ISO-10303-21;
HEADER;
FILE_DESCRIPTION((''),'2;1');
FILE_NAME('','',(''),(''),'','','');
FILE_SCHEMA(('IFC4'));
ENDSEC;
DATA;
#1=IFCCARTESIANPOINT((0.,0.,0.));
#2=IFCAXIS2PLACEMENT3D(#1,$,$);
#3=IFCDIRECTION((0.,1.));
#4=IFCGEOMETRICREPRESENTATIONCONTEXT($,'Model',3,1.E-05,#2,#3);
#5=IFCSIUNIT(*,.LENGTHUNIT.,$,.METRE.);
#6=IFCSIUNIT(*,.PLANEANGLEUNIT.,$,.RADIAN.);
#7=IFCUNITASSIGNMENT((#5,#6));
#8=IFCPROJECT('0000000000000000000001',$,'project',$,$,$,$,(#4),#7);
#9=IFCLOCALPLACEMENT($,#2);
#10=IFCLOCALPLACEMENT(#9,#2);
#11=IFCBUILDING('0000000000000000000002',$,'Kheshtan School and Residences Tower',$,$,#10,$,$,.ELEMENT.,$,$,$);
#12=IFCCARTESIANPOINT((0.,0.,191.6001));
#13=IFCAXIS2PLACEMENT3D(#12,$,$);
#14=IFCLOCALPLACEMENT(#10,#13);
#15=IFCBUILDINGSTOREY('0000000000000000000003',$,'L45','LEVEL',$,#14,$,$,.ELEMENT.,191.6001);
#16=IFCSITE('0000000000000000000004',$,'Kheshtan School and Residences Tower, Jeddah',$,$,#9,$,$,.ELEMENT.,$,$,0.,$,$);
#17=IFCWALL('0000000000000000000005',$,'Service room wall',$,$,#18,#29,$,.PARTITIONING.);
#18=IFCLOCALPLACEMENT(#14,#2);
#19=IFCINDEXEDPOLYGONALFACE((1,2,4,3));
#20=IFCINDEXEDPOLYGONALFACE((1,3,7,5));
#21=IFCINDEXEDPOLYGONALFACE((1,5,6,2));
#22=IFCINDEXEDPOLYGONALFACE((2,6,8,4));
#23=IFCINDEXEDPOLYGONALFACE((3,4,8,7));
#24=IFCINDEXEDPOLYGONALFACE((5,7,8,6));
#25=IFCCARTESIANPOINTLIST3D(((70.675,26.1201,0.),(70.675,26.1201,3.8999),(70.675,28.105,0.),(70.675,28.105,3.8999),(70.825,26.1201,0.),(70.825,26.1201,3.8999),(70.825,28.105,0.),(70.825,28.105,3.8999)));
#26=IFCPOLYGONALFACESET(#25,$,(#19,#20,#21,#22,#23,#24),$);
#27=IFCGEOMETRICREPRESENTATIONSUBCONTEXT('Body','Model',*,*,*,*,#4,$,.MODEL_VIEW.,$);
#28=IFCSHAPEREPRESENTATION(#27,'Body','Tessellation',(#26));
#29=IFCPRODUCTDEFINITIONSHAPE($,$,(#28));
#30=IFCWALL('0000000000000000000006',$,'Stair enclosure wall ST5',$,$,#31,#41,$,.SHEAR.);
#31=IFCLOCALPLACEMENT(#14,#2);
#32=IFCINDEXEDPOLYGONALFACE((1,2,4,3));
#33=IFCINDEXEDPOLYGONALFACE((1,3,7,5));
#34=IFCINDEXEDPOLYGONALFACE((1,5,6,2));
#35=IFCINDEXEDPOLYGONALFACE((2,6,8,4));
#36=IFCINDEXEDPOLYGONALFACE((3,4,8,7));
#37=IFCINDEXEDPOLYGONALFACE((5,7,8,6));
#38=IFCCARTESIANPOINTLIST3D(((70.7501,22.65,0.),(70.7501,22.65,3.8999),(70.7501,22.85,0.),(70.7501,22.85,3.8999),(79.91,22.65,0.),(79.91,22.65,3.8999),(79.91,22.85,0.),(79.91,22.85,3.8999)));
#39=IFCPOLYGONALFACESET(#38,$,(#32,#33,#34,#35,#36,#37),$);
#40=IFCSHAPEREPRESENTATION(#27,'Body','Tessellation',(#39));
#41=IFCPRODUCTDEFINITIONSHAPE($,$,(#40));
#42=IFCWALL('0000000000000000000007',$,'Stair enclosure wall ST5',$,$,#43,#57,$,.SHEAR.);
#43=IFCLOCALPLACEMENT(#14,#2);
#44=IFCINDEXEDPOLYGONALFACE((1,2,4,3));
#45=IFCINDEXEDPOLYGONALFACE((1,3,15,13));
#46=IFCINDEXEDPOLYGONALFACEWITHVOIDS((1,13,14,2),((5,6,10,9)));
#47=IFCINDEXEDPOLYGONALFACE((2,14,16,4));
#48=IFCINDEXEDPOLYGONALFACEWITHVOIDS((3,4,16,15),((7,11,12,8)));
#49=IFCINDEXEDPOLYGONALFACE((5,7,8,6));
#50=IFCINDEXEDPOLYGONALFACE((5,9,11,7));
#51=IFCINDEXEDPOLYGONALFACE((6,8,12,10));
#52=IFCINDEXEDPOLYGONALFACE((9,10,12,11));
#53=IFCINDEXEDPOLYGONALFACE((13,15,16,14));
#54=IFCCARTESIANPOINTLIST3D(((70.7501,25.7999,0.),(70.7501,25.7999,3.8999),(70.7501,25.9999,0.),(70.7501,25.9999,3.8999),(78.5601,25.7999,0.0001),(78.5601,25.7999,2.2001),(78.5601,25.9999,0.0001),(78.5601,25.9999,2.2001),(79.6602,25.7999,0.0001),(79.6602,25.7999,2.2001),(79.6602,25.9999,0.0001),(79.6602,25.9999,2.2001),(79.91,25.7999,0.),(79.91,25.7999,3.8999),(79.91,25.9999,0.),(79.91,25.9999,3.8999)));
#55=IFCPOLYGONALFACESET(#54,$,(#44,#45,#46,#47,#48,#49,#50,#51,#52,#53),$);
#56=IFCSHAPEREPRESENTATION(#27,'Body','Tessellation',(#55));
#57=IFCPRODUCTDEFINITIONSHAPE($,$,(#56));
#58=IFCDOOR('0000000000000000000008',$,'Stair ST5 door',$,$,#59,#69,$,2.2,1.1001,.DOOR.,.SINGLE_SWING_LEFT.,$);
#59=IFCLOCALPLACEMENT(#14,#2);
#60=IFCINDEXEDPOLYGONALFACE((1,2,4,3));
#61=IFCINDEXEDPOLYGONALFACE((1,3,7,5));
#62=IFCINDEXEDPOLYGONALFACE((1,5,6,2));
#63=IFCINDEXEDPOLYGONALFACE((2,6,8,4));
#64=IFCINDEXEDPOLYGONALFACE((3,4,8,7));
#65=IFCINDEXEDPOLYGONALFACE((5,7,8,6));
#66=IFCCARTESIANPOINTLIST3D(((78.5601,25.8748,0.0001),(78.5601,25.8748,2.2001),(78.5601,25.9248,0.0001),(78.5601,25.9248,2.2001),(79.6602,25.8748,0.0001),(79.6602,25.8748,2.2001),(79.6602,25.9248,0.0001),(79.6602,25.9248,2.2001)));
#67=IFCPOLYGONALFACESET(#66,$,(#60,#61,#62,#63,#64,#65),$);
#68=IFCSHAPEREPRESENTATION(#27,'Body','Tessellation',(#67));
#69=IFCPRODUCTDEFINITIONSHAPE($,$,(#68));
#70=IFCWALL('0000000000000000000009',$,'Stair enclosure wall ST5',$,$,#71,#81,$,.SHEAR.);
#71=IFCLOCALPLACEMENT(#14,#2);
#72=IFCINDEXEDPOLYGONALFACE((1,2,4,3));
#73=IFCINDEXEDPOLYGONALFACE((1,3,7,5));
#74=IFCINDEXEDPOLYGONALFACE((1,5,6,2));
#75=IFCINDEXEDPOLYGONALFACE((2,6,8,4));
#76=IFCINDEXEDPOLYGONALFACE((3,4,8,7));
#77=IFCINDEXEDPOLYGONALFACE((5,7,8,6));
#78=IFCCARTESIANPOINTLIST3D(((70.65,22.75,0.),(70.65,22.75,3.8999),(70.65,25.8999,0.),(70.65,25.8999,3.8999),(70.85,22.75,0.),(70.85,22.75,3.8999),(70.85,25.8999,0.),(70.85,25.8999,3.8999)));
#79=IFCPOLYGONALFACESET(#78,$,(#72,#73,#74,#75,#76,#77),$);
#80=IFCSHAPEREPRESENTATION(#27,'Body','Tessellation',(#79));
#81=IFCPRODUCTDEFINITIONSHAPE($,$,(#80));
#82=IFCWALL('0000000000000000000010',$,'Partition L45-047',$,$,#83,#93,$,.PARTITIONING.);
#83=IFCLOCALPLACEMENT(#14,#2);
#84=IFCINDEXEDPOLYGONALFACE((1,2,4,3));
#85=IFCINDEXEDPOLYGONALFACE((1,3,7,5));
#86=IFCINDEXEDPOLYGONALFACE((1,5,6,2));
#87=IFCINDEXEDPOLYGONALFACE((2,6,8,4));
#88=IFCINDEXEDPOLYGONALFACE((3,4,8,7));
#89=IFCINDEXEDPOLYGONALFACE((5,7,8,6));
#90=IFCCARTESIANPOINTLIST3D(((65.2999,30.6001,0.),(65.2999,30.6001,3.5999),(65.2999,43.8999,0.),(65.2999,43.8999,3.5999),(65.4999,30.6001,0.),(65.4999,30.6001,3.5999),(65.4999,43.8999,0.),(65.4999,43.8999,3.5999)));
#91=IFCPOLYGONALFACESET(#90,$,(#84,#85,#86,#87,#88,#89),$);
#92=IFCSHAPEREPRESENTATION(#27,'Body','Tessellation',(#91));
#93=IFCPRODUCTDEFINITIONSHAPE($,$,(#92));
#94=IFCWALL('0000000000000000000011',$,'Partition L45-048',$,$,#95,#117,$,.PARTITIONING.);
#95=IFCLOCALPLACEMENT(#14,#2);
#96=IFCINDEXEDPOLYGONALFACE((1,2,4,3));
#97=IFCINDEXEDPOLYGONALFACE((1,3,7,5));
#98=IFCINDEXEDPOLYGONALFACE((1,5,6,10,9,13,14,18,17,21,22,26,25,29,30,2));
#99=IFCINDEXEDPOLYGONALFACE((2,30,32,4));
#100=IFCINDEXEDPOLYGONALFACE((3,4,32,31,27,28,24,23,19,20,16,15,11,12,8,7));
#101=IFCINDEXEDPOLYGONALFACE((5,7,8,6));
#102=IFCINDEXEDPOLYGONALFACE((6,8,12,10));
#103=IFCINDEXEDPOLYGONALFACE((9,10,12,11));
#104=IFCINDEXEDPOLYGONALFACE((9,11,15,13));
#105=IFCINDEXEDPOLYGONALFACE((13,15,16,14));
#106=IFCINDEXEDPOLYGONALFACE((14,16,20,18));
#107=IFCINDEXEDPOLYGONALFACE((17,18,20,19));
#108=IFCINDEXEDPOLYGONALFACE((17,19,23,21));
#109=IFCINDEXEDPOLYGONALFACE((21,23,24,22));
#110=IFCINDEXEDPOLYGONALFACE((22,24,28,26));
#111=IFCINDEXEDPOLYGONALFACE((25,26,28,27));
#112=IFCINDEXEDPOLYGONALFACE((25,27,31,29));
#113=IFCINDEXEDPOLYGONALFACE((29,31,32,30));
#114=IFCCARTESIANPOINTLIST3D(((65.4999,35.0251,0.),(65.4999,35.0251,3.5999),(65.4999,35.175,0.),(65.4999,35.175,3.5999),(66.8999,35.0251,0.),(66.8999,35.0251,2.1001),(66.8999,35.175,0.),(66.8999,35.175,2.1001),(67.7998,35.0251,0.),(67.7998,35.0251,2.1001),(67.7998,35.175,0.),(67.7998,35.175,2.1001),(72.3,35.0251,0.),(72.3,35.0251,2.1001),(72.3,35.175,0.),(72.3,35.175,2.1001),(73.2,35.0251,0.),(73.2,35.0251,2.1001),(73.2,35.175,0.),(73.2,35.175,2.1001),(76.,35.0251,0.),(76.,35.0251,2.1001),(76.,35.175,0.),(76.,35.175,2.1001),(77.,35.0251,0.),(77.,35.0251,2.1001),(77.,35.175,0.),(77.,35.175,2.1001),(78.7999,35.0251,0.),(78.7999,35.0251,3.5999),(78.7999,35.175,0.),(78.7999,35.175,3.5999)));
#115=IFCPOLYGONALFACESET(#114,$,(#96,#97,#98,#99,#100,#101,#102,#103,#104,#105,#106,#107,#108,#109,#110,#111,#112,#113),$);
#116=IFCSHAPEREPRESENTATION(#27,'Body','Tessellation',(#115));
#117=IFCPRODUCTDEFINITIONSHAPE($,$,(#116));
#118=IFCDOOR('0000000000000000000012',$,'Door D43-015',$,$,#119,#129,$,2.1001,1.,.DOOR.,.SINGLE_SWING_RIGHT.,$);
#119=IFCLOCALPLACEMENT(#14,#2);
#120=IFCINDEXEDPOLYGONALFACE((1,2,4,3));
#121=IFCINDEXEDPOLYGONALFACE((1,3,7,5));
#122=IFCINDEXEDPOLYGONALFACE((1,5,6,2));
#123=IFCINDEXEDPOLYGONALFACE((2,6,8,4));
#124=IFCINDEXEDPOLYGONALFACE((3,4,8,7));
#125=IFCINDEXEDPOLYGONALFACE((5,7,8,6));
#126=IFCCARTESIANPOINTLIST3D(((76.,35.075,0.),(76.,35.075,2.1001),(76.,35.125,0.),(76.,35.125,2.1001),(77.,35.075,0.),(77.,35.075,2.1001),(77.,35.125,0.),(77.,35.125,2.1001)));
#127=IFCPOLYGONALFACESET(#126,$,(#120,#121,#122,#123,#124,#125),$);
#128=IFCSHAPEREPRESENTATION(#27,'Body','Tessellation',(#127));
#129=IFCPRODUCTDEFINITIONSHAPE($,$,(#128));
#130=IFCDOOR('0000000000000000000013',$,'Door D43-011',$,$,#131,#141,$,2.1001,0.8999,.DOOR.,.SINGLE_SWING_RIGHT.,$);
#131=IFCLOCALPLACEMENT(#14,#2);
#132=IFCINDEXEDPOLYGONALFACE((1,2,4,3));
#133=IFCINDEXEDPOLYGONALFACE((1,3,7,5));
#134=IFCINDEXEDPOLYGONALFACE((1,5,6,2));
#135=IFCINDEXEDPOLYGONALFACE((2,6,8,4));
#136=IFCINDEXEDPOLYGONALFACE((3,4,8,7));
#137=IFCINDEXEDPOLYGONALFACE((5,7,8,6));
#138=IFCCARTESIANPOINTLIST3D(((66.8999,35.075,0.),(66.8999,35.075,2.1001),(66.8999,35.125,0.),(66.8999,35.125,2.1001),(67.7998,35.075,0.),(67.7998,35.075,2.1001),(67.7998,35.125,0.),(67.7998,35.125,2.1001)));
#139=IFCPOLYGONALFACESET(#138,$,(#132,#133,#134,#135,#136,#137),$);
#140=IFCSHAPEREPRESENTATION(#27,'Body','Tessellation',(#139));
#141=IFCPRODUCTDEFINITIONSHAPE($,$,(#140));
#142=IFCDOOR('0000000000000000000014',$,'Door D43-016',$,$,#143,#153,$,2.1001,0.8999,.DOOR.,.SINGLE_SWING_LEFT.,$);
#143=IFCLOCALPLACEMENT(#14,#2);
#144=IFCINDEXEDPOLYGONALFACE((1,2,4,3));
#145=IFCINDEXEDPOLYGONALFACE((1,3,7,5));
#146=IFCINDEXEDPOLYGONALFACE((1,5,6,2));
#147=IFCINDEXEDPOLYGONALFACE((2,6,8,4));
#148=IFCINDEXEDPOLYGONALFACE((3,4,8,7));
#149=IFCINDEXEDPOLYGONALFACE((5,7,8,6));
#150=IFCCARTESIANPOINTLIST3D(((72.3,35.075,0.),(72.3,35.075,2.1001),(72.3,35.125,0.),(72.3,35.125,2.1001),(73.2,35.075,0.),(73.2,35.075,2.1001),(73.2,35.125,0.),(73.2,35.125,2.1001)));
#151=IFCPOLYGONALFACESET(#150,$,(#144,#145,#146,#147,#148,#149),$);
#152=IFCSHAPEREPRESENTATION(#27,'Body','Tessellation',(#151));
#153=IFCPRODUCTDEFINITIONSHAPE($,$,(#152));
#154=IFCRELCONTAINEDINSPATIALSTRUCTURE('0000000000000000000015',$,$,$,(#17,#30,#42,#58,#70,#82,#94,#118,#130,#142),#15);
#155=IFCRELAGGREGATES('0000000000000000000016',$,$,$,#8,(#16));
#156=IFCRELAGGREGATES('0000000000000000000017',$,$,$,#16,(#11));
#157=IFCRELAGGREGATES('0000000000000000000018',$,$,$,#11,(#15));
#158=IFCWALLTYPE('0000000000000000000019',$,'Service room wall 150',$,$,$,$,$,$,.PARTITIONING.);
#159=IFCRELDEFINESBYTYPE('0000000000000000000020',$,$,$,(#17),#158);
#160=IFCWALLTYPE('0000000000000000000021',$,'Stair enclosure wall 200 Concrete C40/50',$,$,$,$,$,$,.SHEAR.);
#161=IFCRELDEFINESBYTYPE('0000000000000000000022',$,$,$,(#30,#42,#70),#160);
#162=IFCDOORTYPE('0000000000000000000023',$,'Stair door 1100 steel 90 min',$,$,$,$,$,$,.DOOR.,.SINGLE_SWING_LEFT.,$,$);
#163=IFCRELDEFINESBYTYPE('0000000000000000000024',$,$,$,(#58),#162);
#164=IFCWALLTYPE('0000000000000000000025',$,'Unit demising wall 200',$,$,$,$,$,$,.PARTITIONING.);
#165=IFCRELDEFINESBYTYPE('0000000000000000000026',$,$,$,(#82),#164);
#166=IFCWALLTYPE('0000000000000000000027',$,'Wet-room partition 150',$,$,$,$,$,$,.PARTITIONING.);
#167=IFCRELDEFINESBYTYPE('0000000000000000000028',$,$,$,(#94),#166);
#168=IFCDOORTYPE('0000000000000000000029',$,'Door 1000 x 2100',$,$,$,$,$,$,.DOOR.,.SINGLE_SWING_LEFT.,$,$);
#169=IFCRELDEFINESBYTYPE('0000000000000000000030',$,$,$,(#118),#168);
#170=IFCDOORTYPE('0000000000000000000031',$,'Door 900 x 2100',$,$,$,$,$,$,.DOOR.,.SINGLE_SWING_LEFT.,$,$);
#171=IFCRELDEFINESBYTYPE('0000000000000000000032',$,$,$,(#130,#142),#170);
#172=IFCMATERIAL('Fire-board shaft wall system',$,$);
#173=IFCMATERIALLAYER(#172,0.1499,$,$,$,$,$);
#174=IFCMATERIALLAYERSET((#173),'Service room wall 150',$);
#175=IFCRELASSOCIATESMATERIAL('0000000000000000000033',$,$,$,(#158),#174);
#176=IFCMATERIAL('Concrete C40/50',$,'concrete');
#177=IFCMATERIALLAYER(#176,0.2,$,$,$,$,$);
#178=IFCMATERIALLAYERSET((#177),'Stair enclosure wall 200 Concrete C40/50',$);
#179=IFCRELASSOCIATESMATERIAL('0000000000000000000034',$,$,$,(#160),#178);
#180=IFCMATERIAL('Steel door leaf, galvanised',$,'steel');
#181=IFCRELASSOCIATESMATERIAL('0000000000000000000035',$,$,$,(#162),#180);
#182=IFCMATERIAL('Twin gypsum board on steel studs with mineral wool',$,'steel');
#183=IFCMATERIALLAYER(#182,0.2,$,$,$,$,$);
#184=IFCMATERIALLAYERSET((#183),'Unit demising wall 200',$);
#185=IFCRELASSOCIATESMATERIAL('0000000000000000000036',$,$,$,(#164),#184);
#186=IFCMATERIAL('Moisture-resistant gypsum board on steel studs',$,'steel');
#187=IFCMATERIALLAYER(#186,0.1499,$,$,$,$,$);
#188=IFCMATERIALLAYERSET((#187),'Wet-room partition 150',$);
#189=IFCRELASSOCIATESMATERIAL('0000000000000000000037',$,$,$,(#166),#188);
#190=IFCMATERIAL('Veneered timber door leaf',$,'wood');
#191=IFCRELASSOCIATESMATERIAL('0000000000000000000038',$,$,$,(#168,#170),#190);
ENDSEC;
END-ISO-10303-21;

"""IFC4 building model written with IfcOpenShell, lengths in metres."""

from ifc_helpers import new_model, si_unit, direction, frame, frame_2d, origin, place, context, subcontext, project, spatial, rectangle, extrude, source, transform, mapped, material, layer, layer_set, type_object, element, fill, save


model = new_model("IFC4")

# Units and contexts
model_context = context("Model", 3, precision=1e-05, world=origin(), true_north=direction((0.0, 1.0)))
body_context = subcontext(model_context, "Body", "Model", "MODEL_VIEW")
ifc_project = project(units=[si_unit("LENGTHUNIT", "METRE"), si_unit("PLANEANGLEUNIT", "RADIAN")], contexts=[model_context])

# Site, building, storey
site_placement = place(None, origin())
site = spatial("IfcSite", under=ifc_project, at=site_placement, Name="Kheshtan School and Residences Tower, Jeddah", CompositionType="ELEMENT", RefElevation=0.0)
building_placement = place(site_placement, origin())
building = spatial("IfcBuilding", under=site, at=building_placement, Name="Kheshtan School and Residences Tower", CompositionType="ELEMENT")
storey_placement = place(building_placement, frame((0.0, 0.0, 191.6001)))
storey = spatial("IfcBuildingStorey", under=building, at=storey_placement, Name="L45", Description="LEVEL", CompositionType="ELEMENT", Elevation=191.6001)

# Shared definitions
ifc_material_1 = material(Name="Veneered timber door leaf", Category="wood")

# Walls
ifc_material_2 = material(Name="Fire-board shaft wall system")
ifc_layer_1 = layer(ifc_material_2, 0.1499)
ifc_layer_set_1 = layer_set([ifc_layer_1], Name="Service room wall 150")
wall_type_1 = type_object("IfcWallType", Name="Service room wall 150", PredefinedType="PARTITIONING", material=ifc_layer_set_1)
wall_1_placement = place(storey_placement, frame((70.75, 26.1201, 0.0), z_axis=(0.0, 0.0, 1.0), x_axis=(0.0, 1.0, 0.0)))
element("IfcWall", 1, at=wall_1_placement, inside=storey, type_object=wall_type_1, Name="Service room wall", PredefinedType="PARTITIONING", context=body_context, shape_type="SweptSolid", body=[
    extrude(rectangle(XDim=1.9849, YDim=0.1499, at=frame_2d((0.9924, 0.0))), origin(), (0.0, 0.0, 1.0), 3.8999),
])
ifc_material_3 = material(Name="Concrete C40/50", Category="concrete")
ifc_layer_2 = layer(ifc_material_3, 0.2)
ifc_layer_set_2 = layer_set([ifc_layer_2], Name="Stair enclosure wall 200 Concrete C40/50")
wall_type_2 = type_object("IfcWallType", Name="Stair enclosure wall 200 Concrete C40/50", PredefinedType="SHEAR", material=ifc_layer_set_2)
wall_2_placement = place(storey_placement, frame((70.75, 22.75, 0.0), z_axis=(0.0, 0.0, 1.0), x_axis=(1.0, 0.0, 0.0)))
element("IfcWall", 2, at=wall_2_placement, inside=storey, type_object=wall_type_2, Name="Stair enclosure wall ST5", PredefinedType="SHEAR", context=body_context, shape_type="SweptSolid", body=[
    extrude(rectangle(XDim=9.1599, YDim=0.2, at=frame_2d((4.5801, 0.0))), origin(), (0.0, 0.0, 1.0), 3.8999),
])

# Wall, opening, door
wall_3_placement = place(storey_placement, frame((70.75, 25.8999, 0.0), z_axis=(0.0, 0.0, 1.0), x_axis=(1.0, 0.0, 0.0)))
wall_3 = element("IfcWall", 3, at=wall_3_placement, inside=storey, type_object=wall_type_2, Name="Stair enclosure wall ST5", PredefinedType="SHEAR", context=body_context, shape_type="SweptSolid", body=[
    extrude(rectangle(XDim=9.1599, YDim=0.2, at=frame_2d((4.5801, 0.0))), origin(), (0.0, 0.0, 1.0), 3.8999),
])
opening_1_placement = place(wall_3_placement, frame((7.8101, 0.0, 0.0)))
opening_1 = element("IfcOpeningElement", 4, at=opening_1_placement, cuts=wall_3, PredefinedType="OPENING", context=body_context, shape_type="SweptSolid", body=[
    extrude(rectangle(XDim=1.1001, YDim=2.2, at=frame_2d((0.55, 1.1001))), frame((0.0, 0.1099, 0.0), z_axis=(0.0, -1.0, 0.0), x_axis=(1.0, 0.0, 0.0)), (0.0, 0.0, 1.0), 0.22),
])
ifc_material_4 = material(Name="Steel door leaf, galvanised", Category="steel")
door_type_1 = type_object("IfcDoorType", Name="Stair door 1100 steel 90 min", OperationType="SINGLE_SWING_LEFT", PredefinedType="DOOR", material=ifc_material_4)
shared_shape_1 = source(origin(), body_context, "Body", "SweptSolid", [
    extrude(rectangle(XDim=1.1001, YDim=2.2, at=frame_2d((0.55, 1.1001))), frame((0.0, 0.0249, 0.0), z_axis=(0.0, -1.0, 0.0), x_axis=(1.0, 0.0, 0.0)), (0.0, 0.0, 1.0), 0.05),
])
door_1_placement = place(opening_1_placement, origin())
door_1 = element("IfcDoor", 5, at=door_1_placement, inside=storey, type_object=door_type_1, Name="Stair ST5 door", OperationType="SINGLE_SWING_LEFT", OverallHeight=2.2, OverallWidth=1.1001, PredefinedType="DOOR", context=body_context, shape_type="MappedRepresentation", body=[
    mapped(shared_shape_1, transform((0.0, 0.0, 0.0), x_axis=(1.0, 0.0, 0.0), y_axis=(0.0, 1.0, 0.0), z_axis=(0.0, 0.0, 1.0), scale=1.0)),
])
fill(opening_1, door_1)

# Walls
wall_4_placement = place(storey_placement, frame((70.75, 22.75, 0.0), z_axis=(0.0, 0.0, 1.0), x_axis=(0.0, 1.0, 0.0)))
element("IfcWall", 6, at=wall_4_placement, inside=storey, type_object=wall_type_2, Name="Stair enclosure wall ST5", PredefinedType="SHEAR", context=body_context, shape_type="SweptSolid", body=[
    extrude(rectangle(XDim=3.1499, YDim=0.2, at=frame_2d((1.575, 0.0))), origin(), (0.0, 0.0, 1.0), 3.8999),
])
ifc_material_5 = material(Name="Twin gypsum board on steel studs with mineral wool", Category="steel")
ifc_layer_3 = layer(ifc_material_5, 0.2)
ifc_layer_set_3 = layer_set([ifc_layer_3], Name="Unit demising wall 200")
wall_type_3 = type_object("IfcWallType", Name="Unit demising wall 200", PredefinedType="PARTITIONING", material=ifc_layer_set_3)
wall_5_placement = place(storey_placement, frame((65.3999, 30.6001, 0.0), z_axis=(0.0, 0.0, 1.0), x_axis=(0.0, 1.0, 0.0)))
element("IfcWall", 7, at=wall_5_placement, inside=storey, type_object=wall_type_3, Name="Partition L45-047", PredefinedType="PARTITIONING", context=body_context, shape_type="SweptSolid", body=[
    extrude(rectangle(XDim=13.2998, YDim=0.2, at=frame_2d((6.6499, 0.0))), origin(), (0.0, 0.0, 1.0), 3.5999),
])

# Wall, openings, doors
ifc_material_6 = material(Name="Moisture-resistant gypsum board on steel studs", Category="steel")
ifc_layer_4 = layer(ifc_material_6, 0.1499)
ifc_layer_set_4 = layer_set([ifc_layer_4], Name="Wet-room partition 150")
wall_type_4 = type_object("IfcWallType", Name="Wet-room partition 150", PredefinedType="PARTITIONING", material=ifc_layer_set_4)
wall_6_placement = place(storey_placement, frame((65.5, 35.1001, 0.0), z_axis=(0.0, 0.0, 1.0), x_axis=(1.0, 0.0, 0.0)))
wall_6 = element("IfcWall", 8, at=wall_6_placement, inside=storey, type_object=wall_type_4, Name="Partition L45-048", PredefinedType="PARTITIONING", context=body_context, shape_type="SweptSolid", body=[
    extrude(rectangle(XDim=13.3, YDim=0.1499, at=frame_2d((6.6499, 0.0))), origin(), (0.0, 0.0, 1.0), 3.5999),
])
opening_2_placement = place(wall_6_placement, frame((1.3999, 0.0, 0.0)))
opening_2 = element("IfcOpeningElement", 9, at=opening_2_placement, cuts=wall_6, PredefinedType="OPENING", context=body_context, shape_type="SweptSolid", body=[
    extrude(rectangle(XDim=0.8999, YDim=2.1001, at=frame_2d((0.45, 1.05))), frame((0.0, 0.085, 0.0), z_axis=(0.0, -1.0, 0.0), x_axis=(1.0, 0.0, 0.0)), (0.0, 0.0, 1.0), 0.1699),
])
opening_3_placement = place(wall_6_placement, frame((10.5, 0.0, 0.0)))
opening_3 = element("IfcOpeningElement", 10, at=opening_3_placement, cuts=wall_6, PredefinedType="OPENING", context=body_context, shape_type="SweptSolid", body=[
    extrude(rectangle(XDim=1.0, YDim=2.1001, at=frame_2d((0.5, 1.05))), frame((0.0, 0.085, 0.0), z_axis=(0.0, -1.0, 0.0), x_axis=(1.0, 0.0, 0.0)), (0.0, 0.0, 1.0), 0.1699),
])
opening_4_placement = place(wall_6_placement, frame((6.8, 0.0, 0.0)))
opening_4 = element("IfcOpeningElement", 11, at=opening_4_placement, cuts=wall_6, PredefinedType="OPENING", context=body_context, shape_type="SweptSolid", body=[
    extrude(rectangle(XDim=0.8999, YDim=2.1001, at=frame_2d((0.45, 1.05))), frame((0.0, 0.085, 0.0), z_axis=(0.0, -1.0, 0.0), x_axis=(1.0, 0.0, 0.0)), (0.0, 0.0, 1.0), 0.1699),
])
door_type_2 = type_object("IfcDoorType", Name="Door 1000 x 2100", OperationType="SINGLE_SWING_LEFT", PredefinedType="DOOR", material=ifc_material_1)
shared_shape_2 = source(origin(), body_context, "Body", "SweptSolid", [
    extrude(rectangle(XDim=1.0, YDim=2.1001, at=frame_2d((0.5, 1.05))), frame((0.0, 0.0249, 0.0), z_axis=(0.0, -1.0, 0.0), x_axis=(1.0, 0.0, 0.0)), (0.0, 0.0, 1.0), 0.05),
])
door_2_placement = place(opening_3_placement, origin())
door_2 = element("IfcDoor", 12, at=door_2_placement, inside=storey, type_object=door_type_2, Name="Door D43-015", OperationType="SINGLE_SWING_RIGHT", OverallHeight=2.1001, OverallWidth=1.0, PredefinedType="DOOR", context=body_context, shape_type="MappedRepresentation", body=[
    mapped(shared_shape_2, transform((0.0, 0.0, 0.0), x_axis=(1.0, 0.0, 0.0), y_axis=(0.0, 1.0, 0.0), z_axis=(0.0, 0.0, 1.0), scale=1.0)),
])
fill(opening_3, door_2)
door_type_3 = type_object("IfcDoorType", Name="Door 900 x 2100", OperationType="SINGLE_SWING_LEFT", PredefinedType="DOOR", material=ifc_material_1)
shared_shape_3 = source(origin(), body_context, "Body", "SweptSolid", [
    extrude(rectangle(XDim=0.8999, YDim=2.1001, at=frame_2d((0.45, 1.05))), frame((0.0, 0.0249, 0.0), z_axis=(0.0, -1.0, 0.0), x_axis=(1.0, 0.0, 0.0)), (0.0, 0.0, 1.0), 0.05),
])
door_3_placement = place(opening_2_placement, origin())
door_3 = element("IfcDoor", 13, at=door_3_placement, inside=storey, type_object=door_type_3, Name="Door D43-011", OperationType="SINGLE_SWING_RIGHT", OverallHeight=2.1001, OverallWidth=0.8999, PredefinedType="DOOR", context=body_context, shape_type="MappedRepresentation", body=[
    mapped(shared_shape_3, transform((0.0, 0.0, 0.0), x_axis=(1.0, 0.0, 0.0), y_axis=(0.0, 1.0, 0.0), z_axis=(0.0, 0.0, 1.0), scale=1.0)),
])
fill(opening_2, door_3)
door_4_placement = place(opening_4_placement, origin())
door_4 = element("IfcDoor", 14, at=door_4_placement, inside=storey, type_object=door_type_3, Name="Door D43-016", OperationType="SINGLE_SWING_LEFT", OverallHeight=2.1001, OverallWidth=0.8999, PredefinedType="DOOR", context=body_context, shape_type="MappedRepresentation", body=[
    mapped(shared_shape_3, transform((0.0, 0.0, 0.0), x_axis=(1.0, 0.0, 0.0), y_axis=(0.0, 1.0, 0.0), z_axis=(0.0, 0.0, 1.0), scale=1.0)),
])
fill(opening_4, door_4)

save(model, "model.ifc")
